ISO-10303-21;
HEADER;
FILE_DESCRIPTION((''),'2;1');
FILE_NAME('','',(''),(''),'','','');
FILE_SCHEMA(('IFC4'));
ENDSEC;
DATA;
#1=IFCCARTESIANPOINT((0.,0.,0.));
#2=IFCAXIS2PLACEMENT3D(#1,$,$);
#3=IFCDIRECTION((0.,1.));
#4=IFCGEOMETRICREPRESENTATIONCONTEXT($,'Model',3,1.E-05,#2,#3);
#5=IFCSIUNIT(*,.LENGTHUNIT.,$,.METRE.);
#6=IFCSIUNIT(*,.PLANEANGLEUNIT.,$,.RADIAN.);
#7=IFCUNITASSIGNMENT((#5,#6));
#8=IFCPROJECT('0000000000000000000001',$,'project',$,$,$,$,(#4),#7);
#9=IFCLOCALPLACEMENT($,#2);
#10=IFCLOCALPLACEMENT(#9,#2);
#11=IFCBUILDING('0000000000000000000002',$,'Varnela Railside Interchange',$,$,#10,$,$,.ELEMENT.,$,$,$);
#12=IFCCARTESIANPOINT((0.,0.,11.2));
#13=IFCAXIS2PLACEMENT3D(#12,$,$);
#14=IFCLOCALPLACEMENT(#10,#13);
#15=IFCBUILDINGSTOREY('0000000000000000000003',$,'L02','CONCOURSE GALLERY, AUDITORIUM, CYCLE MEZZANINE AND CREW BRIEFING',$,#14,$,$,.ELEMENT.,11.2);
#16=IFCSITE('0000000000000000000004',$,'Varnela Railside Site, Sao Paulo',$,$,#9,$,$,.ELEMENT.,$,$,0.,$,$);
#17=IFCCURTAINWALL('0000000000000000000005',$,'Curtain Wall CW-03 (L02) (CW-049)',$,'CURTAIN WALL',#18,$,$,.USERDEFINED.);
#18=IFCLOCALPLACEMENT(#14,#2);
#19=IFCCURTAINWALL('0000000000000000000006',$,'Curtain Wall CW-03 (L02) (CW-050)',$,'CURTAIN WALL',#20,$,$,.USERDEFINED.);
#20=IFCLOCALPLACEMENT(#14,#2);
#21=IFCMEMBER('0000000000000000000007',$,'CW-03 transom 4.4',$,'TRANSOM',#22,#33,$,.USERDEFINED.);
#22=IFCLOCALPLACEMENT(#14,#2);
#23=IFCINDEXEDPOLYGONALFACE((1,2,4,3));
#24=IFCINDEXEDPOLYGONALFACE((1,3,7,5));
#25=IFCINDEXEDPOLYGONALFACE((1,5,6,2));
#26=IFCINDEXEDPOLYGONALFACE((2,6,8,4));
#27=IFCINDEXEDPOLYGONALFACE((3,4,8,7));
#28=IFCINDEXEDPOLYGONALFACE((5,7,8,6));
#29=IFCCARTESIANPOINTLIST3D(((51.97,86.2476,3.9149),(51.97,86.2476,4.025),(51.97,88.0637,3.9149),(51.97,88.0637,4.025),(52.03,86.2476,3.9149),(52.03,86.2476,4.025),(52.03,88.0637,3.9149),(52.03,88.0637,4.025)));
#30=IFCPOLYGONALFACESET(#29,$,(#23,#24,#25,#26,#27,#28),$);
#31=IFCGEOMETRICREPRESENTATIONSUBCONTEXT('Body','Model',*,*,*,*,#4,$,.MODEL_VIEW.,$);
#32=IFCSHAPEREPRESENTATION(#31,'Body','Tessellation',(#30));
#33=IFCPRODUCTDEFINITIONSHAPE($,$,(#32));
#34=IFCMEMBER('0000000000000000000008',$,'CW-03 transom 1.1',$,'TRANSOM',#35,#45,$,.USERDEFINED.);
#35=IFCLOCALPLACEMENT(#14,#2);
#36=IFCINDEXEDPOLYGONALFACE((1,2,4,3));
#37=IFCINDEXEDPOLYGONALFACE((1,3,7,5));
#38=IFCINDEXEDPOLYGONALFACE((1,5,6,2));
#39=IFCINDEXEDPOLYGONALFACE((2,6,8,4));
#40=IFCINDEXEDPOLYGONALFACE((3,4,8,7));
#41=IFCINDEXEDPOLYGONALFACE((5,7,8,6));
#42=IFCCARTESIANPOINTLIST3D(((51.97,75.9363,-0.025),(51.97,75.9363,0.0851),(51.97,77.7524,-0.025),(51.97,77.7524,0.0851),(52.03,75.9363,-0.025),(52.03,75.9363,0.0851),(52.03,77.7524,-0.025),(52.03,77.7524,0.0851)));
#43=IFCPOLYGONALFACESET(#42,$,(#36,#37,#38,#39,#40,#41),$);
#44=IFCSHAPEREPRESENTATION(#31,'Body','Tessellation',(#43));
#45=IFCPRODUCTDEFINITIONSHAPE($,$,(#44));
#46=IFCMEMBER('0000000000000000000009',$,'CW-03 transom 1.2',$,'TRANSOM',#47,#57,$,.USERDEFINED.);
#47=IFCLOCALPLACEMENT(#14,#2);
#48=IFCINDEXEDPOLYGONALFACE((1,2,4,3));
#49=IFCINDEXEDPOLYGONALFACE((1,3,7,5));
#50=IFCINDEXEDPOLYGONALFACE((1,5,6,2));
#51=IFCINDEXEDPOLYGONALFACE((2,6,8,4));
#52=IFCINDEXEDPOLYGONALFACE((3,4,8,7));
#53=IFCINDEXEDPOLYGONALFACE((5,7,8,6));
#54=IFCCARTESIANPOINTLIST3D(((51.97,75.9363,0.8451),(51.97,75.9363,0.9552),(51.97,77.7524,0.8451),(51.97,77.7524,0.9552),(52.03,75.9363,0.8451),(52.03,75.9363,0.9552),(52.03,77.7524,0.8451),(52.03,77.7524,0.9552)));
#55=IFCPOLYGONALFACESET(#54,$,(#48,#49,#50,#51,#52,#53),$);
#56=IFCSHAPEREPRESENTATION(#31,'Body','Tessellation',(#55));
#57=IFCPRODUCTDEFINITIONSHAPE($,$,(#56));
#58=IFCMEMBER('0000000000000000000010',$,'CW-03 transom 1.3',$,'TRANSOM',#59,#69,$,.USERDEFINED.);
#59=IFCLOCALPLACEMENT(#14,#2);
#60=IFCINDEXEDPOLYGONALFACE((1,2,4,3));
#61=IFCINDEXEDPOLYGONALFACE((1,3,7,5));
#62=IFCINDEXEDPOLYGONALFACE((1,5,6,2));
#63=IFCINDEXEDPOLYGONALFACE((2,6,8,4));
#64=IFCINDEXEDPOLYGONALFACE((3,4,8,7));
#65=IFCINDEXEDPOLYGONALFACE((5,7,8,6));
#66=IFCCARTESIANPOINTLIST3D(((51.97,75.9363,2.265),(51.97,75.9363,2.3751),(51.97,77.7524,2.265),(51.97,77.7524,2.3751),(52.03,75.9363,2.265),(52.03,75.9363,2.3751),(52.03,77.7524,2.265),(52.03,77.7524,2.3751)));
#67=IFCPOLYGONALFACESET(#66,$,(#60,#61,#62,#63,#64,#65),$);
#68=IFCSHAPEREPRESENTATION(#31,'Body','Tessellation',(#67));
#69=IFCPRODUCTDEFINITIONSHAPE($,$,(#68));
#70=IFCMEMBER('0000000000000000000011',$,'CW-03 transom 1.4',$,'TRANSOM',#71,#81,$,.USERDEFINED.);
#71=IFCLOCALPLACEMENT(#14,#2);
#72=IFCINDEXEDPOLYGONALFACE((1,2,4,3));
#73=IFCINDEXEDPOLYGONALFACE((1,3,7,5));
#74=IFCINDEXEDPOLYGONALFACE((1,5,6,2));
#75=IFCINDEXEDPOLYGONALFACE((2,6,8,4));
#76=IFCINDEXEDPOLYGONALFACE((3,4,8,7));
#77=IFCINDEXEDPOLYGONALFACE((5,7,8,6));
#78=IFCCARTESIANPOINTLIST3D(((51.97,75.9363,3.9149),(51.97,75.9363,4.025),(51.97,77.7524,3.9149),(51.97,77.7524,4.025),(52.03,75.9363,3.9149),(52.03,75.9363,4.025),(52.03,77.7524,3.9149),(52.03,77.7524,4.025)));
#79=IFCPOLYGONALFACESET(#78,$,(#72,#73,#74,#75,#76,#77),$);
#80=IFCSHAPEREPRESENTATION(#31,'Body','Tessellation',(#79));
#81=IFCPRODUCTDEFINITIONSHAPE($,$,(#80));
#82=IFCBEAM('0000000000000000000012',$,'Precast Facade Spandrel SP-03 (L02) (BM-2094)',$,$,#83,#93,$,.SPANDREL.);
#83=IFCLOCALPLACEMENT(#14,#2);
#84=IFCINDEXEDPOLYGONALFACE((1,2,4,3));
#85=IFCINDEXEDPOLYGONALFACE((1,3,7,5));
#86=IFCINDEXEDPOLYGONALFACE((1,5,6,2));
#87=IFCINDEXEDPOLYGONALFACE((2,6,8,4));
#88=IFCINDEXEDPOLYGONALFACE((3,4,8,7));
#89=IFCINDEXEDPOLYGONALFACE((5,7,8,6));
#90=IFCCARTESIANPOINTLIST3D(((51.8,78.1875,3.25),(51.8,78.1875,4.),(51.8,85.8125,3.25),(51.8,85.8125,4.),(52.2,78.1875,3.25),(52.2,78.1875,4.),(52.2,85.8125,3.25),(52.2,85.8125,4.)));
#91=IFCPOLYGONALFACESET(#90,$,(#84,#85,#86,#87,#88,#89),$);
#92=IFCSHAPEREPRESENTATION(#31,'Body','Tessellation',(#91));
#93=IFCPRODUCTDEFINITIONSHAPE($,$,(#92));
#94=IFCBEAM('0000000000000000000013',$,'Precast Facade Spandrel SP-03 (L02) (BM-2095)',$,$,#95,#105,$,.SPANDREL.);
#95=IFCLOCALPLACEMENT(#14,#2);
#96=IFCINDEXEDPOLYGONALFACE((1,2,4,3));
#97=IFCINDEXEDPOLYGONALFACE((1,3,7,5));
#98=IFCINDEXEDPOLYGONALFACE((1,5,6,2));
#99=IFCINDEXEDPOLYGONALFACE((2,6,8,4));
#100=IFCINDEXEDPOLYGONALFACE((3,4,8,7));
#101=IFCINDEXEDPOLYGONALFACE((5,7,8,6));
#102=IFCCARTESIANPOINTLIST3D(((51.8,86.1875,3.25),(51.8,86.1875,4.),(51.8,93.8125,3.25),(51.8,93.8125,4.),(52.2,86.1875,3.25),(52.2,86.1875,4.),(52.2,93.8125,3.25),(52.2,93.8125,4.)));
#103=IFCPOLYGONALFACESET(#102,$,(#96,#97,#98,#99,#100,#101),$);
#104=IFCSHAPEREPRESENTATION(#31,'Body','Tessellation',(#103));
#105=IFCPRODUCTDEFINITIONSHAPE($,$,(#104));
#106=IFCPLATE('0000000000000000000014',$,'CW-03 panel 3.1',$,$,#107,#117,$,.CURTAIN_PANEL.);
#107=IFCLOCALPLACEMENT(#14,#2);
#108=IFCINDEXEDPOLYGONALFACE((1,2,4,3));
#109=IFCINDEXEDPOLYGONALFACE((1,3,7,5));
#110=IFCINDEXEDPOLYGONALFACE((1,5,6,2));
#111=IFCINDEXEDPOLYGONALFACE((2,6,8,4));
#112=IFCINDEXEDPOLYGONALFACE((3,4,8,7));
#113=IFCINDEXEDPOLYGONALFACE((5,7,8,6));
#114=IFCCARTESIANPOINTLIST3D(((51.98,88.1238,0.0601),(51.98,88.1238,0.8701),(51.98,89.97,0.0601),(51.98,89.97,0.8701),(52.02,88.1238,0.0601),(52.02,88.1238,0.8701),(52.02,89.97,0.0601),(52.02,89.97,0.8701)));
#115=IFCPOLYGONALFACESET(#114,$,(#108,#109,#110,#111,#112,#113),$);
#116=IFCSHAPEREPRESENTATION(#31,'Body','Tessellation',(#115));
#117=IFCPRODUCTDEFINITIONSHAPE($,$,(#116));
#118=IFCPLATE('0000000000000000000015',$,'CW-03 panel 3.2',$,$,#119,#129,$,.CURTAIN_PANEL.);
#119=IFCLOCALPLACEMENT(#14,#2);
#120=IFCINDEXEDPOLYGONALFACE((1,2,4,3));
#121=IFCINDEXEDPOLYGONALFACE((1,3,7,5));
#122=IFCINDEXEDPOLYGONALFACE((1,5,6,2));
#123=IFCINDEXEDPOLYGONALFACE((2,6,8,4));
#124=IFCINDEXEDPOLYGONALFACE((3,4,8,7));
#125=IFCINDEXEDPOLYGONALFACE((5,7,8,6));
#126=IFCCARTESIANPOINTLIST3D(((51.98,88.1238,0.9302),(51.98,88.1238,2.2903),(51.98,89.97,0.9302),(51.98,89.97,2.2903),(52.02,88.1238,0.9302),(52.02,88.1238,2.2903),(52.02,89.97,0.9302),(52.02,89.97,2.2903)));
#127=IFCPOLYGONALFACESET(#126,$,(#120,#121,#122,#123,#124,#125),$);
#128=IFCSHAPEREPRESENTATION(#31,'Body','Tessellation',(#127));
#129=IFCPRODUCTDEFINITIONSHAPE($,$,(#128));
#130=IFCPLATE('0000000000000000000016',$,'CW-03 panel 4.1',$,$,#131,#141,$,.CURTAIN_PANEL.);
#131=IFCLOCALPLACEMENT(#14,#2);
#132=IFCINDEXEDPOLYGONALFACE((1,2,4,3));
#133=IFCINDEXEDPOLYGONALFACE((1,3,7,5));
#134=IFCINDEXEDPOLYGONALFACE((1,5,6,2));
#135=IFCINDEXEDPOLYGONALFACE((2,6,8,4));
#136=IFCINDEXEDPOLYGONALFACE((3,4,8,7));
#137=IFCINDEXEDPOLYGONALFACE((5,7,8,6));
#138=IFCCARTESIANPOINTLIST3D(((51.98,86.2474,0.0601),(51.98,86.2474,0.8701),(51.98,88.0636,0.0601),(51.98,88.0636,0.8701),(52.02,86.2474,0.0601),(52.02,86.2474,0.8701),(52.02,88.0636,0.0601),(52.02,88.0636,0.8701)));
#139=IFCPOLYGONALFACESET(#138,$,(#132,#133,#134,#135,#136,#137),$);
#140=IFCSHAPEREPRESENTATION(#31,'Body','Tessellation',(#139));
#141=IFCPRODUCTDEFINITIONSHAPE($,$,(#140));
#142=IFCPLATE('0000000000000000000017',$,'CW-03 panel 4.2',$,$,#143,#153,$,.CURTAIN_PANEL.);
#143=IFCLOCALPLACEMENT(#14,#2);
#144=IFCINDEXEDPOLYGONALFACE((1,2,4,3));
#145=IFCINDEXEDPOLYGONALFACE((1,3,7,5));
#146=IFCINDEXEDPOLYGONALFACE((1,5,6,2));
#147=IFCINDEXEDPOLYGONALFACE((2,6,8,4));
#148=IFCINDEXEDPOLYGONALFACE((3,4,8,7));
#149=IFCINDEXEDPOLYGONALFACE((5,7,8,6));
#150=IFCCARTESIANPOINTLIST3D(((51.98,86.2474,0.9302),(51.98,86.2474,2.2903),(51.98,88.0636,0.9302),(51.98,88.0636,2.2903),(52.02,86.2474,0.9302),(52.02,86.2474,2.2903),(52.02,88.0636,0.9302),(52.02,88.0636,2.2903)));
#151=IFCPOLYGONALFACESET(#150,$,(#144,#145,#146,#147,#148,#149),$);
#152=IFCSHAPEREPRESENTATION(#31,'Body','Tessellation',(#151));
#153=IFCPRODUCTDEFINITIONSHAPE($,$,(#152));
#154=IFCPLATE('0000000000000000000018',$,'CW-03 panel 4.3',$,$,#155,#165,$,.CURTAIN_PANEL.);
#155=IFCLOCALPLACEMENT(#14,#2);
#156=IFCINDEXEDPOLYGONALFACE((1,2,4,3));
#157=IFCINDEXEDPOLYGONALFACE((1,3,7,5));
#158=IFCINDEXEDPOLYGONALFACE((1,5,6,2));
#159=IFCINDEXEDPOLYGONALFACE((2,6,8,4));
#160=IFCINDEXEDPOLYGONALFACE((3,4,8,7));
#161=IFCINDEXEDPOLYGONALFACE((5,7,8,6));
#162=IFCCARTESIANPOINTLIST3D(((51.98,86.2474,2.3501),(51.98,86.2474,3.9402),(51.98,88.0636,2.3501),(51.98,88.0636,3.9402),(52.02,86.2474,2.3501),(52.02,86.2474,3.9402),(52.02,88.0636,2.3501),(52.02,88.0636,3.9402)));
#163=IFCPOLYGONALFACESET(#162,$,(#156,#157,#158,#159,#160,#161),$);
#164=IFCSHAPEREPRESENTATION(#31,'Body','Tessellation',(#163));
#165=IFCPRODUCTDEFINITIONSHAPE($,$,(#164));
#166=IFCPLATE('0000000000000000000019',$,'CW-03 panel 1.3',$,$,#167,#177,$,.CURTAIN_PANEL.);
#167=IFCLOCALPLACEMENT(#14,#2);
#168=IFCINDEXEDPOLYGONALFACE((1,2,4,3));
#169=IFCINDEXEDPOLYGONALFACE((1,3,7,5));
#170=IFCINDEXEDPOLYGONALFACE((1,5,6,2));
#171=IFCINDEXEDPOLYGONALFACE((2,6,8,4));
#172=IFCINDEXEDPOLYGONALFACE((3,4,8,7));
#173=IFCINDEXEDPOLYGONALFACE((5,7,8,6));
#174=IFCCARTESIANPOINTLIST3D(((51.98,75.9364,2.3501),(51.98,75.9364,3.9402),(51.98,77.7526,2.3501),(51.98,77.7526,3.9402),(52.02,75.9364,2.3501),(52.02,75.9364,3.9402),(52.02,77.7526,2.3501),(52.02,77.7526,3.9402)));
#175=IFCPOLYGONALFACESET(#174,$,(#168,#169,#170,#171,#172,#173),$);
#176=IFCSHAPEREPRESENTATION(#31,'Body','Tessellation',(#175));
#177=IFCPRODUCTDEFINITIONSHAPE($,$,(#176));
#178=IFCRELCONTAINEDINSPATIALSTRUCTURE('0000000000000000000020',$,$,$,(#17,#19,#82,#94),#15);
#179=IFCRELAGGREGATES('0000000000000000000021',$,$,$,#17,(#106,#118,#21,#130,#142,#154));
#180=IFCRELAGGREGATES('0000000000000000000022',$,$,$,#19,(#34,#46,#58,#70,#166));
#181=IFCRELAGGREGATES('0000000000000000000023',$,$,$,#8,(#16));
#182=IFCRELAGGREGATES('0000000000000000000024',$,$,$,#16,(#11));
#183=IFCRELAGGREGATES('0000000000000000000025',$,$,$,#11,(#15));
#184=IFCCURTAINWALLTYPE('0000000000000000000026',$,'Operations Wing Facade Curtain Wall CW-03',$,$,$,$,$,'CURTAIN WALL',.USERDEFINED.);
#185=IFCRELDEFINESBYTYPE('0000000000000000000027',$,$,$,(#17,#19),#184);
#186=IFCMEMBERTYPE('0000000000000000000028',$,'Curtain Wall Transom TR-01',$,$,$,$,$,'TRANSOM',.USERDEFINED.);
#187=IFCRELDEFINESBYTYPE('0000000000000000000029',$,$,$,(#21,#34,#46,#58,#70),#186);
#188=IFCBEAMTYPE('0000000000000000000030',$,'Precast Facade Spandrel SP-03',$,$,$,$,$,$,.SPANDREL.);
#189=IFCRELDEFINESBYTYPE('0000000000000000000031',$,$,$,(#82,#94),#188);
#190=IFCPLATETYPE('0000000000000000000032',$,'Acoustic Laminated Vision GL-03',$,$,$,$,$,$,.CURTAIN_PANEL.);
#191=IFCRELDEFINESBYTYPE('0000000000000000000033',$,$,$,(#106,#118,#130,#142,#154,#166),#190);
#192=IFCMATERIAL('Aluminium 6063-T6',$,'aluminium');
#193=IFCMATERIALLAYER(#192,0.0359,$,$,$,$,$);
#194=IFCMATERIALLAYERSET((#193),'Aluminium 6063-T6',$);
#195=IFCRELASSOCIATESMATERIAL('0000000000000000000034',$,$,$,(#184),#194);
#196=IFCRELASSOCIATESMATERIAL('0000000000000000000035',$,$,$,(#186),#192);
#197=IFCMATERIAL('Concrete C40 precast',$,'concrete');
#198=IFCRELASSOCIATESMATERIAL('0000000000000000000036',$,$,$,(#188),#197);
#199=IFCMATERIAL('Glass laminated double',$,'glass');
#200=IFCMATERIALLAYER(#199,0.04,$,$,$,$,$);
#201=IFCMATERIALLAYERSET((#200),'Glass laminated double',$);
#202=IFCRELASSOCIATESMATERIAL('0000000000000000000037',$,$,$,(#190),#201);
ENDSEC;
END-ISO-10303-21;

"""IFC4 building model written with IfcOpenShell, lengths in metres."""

from ifc_helpers import new_model, si_unit, direction, frame, origin, origin_2d, place, context, subcontext, project, spatial, rectangle, extrude, material, layer, layer_set, material_profile, profile_set, type_object, element, aggregate, save


model = new_model("IFC4")

# Units and contexts
model_context = context("Model", 3, precision=1e-05, world=origin(), true_north=direction((0.0, 1.0)))
body_context = subcontext(model_context, "Body", "Model", "MODEL_VIEW")
ifc_project = project(units=[si_unit("LENGTHUNIT", "METRE"), si_unit("PLANEANGLEUNIT", "RADIAN")], contexts=[model_context])

# Site, building, storey
site_placement = place(None, origin())
site = spatial("IfcSite", under=ifc_project, at=site_placement, Name="Varnela Railside Site, Sao Paulo", CompositionType="ELEMENT", RefElevation=0.0)
building_placement = place(site_placement, origin())
building = spatial("IfcBuilding", under=site, at=building_placement, Name="Varnela Railside Interchange", CompositionType="ELEMENT")
storey_placement = place(building_placement, frame((0.0, 0.0, 11.2)))
storey = spatial("IfcBuildingStorey", under=building, at=storey_placement, Name="L02", Description="CONCOURSE GALLERY, AUDITORIUM, CYCLE MEZZANINE AND CREW BRIEFING", CompositionType="ELEMENT", Elevation=11.2)

# Curtain wall
ifc_material_1 = material(Name="Aluminium 6063-T6", Category="aluminium")
ifc_layer_1 = layer(ifc_material_1, 0.0359)
ifc_layer_set_1 = layer_set([ifc_layer_1], Name="Aluminium 6063-T6")
curtain_wall_type = type_object("IfcCurtainWallType", Name="Operations Wing Facade Curtain Wall CW-03", ElementType="CURTAIN WALL", PredefinedType="USERDEFINED", material=ifc_layer_set_1)
curtain_wall_1_placement = place(storey_placement, origin())
curtain_wall_1 = element("IfcCurtainWall", 1, at=curtain_wall_1_placement, inside=storey, type_object=curtain_wall_type, Name="Curtain Wall CW-03 (L02) (CW-049)", ObjectType="CURTAIN WALL", PredefinedType="USERDEFINED")

# Curtain wall
curtain_wall_2_placement = place(storey_placement, origin())
curtain_wall_2 = element("IfcCurtainWall", 2, at=curtain_wall_2_placement, inside=storey, type_object=curtain_wall_type, Name="Curtain Wall CW-03 (L02) (CW-050)", ObjectType="CURTAIN WALL", PredefinedType="USERDEFINED")

# Members
ifc_material_profile_1 = material_profile(ifc_material_1, rectangle(XDim=0.0601, YDim=0.1101, at=origin_2d()), Name="ALU 60x110")
ifc_profile_set_1 = profile_set([ifc_material_profile_1], Name="Aluminium 6063-T6")
member_type_1 = type_object("IfcMemberType", Name="Curtain Wall Transom TR-01", ElementType="TRANSOM", PredefinedType="USERDEFINED", material=ifc_profile_set_1)
member_1_placement = place(storey_placement, frame((52.0, 88.0637, 3.97), z_axis=(0.0, -1.0, 0.0), x_axis=(1.0, 0.0, 0.0)))
member_1 = element("IfcMember", 3, at=member_1_placement, type_object=member_type_1, Name="CW-03 transom 4.4", ObjectType="TRANSOM", PredefinedType="USERDEFINED", context=body_context, shape_type="SweptSolid", body=[
    extrude(rectangle(XDim=0.0601, YDim=0.1101, at=origin_2d()), origin(), (0.0, 0.0, 1.0), 1.8162),
])
member_2_placement = place(storey_placement, frame((52.0, 77.7524, 0.03), z_axis=(0.0, -1.0, 0.0), x_axis=(1.0, 0.0, 0.0)))
member_2 = element("IfcMember", 4, at=member_2_placement, type_object=member_type_1, Name="CW-03 transom 1.1", ObjectType="TRANSOM", PredefinedType="USERDEFINED", context=body_context, shape_type="SweptSolid", body=[
    extrude(rectangle(XDim=0.0601, YDim=0.1101, at=origin_2d()), origin(), (0.0, 0.0, 1.0), 1.8162),
])
member_3_placement = place(storey_placement, frame((52.0, 77.7524, 0.9001), z_axis=(0.0, -1.0, 0.0), x_axis=(1.0, 0.0, 0.0)))
member_3 = element("IfcMember", 5, at=member_3_placement, type_object=member_type_1, Name="CW-03 transom 1.2", ObjectType="TRANSOM", PredefinedType="USERDEFINED", context=body_context, shape_type="SweptSolid", body=[
    extrude(rectangle(XDim=0.0601, YDim=0.1101, at=origin_2d()), origin(), (0.0, 0.0, 1.0), 1.8162),
])
member_4_placement = place(storey_placement, frame((52.0, 77.7524, 2.3201), z_axis=(0.0, -1.0, 0.0), x_axis=(1.0, 0.0, 0.0)))
member_4 = element("IfcMember", 6, at=member_4_placement, type_object=member_type_1, Name="CW-03 transom 1.3", ObjectType="TRANSOM", PredefinedType="USERDEFINED", context=body_context, shape_type="SweptSolid", body=[
    extrude(rectangle(XDim=0.0601, YDim=0.1101, at=origin_2d()), origin(), (0.0, 0.0, 1.0), 1.8162),
])
member_5_placement = place(storey_placement, frame((52.0, 77.7524, 3.97), z_axis=(0.0, -1.0, 0.0), x_axis=(1.0, 0.0, 0.0)))
member_5 = element("IfcMember", 7, at=member_5_placement, type_object=member_type_1, Name="CW-03 transom 1.4", ObjectType="TRANSOM", PredefinedType="USERDEFINED", context=body_context, shape_type="SweptSolid", body=[
    extrude(rectangle(XDim=0.0601, YDim=0.1101, at=origin_2d()), origin(), (0.0, 0.0, 1.0), 1.8162),
])

# Beams
ifc_material_2 = material(Name="Concrete C40 precast", Category="concrete")
ifc_material_profile_2 = material_profile(ifc_material_2, rectangle(XDim=0.3999, YDim=0.75, at=origin_2d()), Name="PC 400x750")
ifc_profile_set_2 = profile_set([ifc_material_profile_2], Name="Concrete C40 precast")
beam_type_1 = type_object("IfcBeamType", Name="Precast Facade Spandrel SP-03", PredefinedType="SPANDREL", material=ifc_profile_set_2)
for number, where, z_axis, x_axis, name in (
    (8, (52.0, 78.1875, 3.625), (0.0, 1.0, 0.0), (-1.0, 0.0, 0.0), "Precast Facade Spandrel SP-03 (L02) (BM-2094)"),
    (9, (52.0, 86.1875, 3.625), (0.0, 1.0, 0.0), (-1.0, 0.0, 0.0), "Precast Facade Spandrel SP-03 (L02) (BM-2095)"),
):
    element("IfcBeam", number, at=place(storey_placement, frame(where, z_axis=z_axis, x_axis=x_axis)), inside=storey, type_object=beam_type_1, Name=name, PredefinedType="SPANDREL", context=body_context, shape_type="SweptSolid", body=[
        extrude(rectangle(XDim=0.3999, YDim=0.75, at=origin_2d()), origin(), (0.0, 0.0, 1.0), 7.625),
    ])

# Plates
ifc_material_3 = material(Name="Glass laminated double", Category="glass")
ifc_layer_2 = layer(ifc_material_3, 0.04)
ifc_layer_set_2 = layer_set([ifc_layer_2], Name="Glass laminated double")
plate_type = type_object("IfcPlateType", Name="Acoustic Laminated Vision GL-03", PredefinedType="CURTAIN_PANEL", material=ifc_layer_set_2)
plate_1_placement = place(storey_placement, frame((52.0, 89.0469, 0.0601), z_axis=(0.0, 0.0, 1.0), x_axis=(0.0, -1.0, 0.0)))
plate_1 = element("IfcPlate", 10, at=plate_1_placement, type_object=plate_type, Name="CW-03 panel 3.1", PredefinedType="CURTAIN_PANEL", context=body_context, shape_type="SweptSolid", body=[
    extrude(rectangle(XDim=1.8462, YDim=0.04, at=origin_2d()), origin(), (0.0, 0.0, 1.0), 0.8101),
])
plate_2_placement = place(storey_placement, frame((52.0, 89.0469, 0.9302), z_axis=(0.0, 0.0, 1.0), x_axis=(0.0, -1.0, 0.0)))
plate_2 = element("IfcPlate", 11, at=plate_2_placement, type_object=plate_type, Name="CW-03 panel 3.2", PredefinedType="CURTAIN_PANEL", context=body_context, shape_type="SweptSolid", body=[
    extrude(rectangle(XDim=1.8462, YDim=0.04, at=origin_2d()), origin(), (0.0, 0.0, 1.0), 1.3601),
])
plate_3_placement = place(storey_placement, frame((52.0, 87.1555, 0.0601), z_axis=(0.0, 0.0, 1.0), x_axis=(0.0, -1.0, 0.0)))
plate_3 = element("IfcPlate", 12, at=plate_3_placement, type_object=plate_type, Name="CW-03 panel 4.1", PredefinedType="CURTAIN_PANEL", context=body_context, shape_type="SweptSolid", body=[
    extrude(rectangle(XDim=1.8162, YDim=0.04, at=origin_2d()), origin(), (0.0, 0.0, 1.0), 0.8101),
])
plate_4_placement = place(storey_placement, frame((52.0, 87.1555, 0.9302), z_axis=(0.0, 0.0, 1.0), x_axis=(0.0, -1.0, 0.0)))
plate_4 = element("IfcPlate", 13, at=plate_4_placement, type_object=plate_type, Name="CW-03 panel 4.2", PredefinedType="CURTAIN_PANEL", context=body_context, shape_type="SweptSolid", body=[
    extrude(rectangle(XDim=1.8162, YDim=0.04, at=origin_2d()), origin(), (0.0, 0.0, 1.0), 1.3601),
])
plate_5_placement = place(storey_placement, frame((52.0, 87.1555, 2.3501), z_axis=(0.0, 0.0, 1.0), x_axis=(0.0, -1.0, 0.0)))
plate_5 = element("IfcPlate", 14, at=plate_5_placement, type_object=plate_type, Name="CW-03 panel 4.3", PredefinedType="CURTAIN_PANEL", context=body_context, shape_type="SweptSolid", body=[
    extrude(rectangle(XDim=1.8162, YDim=0.04, at=origin_2d()), origin(), (0.0, 0.0, 1.0), 1.5901),
])
aggregate(curtain_wall_1, [plate_1, plate_2, member_1, plate_3, plate_4, plate_5])
plate_6_placement = place(storey_placement, frame((52.0, 76.8445, 2.3501), z_axis=(0.0, 0.0, 1.0), x_axis=(0.0, -1.0, 0.0)))
plate_6 = element("IfcPlate", 15, at=plate_6_placement, type_object=plate_type, Name="CW-03 panel 1.3", PredefinedType="CURTAIN_PANEL", context=body_context, shape_type="SweptSolid", body=[
    extrude(rectangle(XDim=1.8162, YDim=0.04, at=origin_2d()), origin(), (0.0, 0.0, 1.0), 1.5901),
])
aggregate(curtain_wall_2, [member_2, member_3, member_4, member_5, plate_6])

save(model, "model.ifc")
